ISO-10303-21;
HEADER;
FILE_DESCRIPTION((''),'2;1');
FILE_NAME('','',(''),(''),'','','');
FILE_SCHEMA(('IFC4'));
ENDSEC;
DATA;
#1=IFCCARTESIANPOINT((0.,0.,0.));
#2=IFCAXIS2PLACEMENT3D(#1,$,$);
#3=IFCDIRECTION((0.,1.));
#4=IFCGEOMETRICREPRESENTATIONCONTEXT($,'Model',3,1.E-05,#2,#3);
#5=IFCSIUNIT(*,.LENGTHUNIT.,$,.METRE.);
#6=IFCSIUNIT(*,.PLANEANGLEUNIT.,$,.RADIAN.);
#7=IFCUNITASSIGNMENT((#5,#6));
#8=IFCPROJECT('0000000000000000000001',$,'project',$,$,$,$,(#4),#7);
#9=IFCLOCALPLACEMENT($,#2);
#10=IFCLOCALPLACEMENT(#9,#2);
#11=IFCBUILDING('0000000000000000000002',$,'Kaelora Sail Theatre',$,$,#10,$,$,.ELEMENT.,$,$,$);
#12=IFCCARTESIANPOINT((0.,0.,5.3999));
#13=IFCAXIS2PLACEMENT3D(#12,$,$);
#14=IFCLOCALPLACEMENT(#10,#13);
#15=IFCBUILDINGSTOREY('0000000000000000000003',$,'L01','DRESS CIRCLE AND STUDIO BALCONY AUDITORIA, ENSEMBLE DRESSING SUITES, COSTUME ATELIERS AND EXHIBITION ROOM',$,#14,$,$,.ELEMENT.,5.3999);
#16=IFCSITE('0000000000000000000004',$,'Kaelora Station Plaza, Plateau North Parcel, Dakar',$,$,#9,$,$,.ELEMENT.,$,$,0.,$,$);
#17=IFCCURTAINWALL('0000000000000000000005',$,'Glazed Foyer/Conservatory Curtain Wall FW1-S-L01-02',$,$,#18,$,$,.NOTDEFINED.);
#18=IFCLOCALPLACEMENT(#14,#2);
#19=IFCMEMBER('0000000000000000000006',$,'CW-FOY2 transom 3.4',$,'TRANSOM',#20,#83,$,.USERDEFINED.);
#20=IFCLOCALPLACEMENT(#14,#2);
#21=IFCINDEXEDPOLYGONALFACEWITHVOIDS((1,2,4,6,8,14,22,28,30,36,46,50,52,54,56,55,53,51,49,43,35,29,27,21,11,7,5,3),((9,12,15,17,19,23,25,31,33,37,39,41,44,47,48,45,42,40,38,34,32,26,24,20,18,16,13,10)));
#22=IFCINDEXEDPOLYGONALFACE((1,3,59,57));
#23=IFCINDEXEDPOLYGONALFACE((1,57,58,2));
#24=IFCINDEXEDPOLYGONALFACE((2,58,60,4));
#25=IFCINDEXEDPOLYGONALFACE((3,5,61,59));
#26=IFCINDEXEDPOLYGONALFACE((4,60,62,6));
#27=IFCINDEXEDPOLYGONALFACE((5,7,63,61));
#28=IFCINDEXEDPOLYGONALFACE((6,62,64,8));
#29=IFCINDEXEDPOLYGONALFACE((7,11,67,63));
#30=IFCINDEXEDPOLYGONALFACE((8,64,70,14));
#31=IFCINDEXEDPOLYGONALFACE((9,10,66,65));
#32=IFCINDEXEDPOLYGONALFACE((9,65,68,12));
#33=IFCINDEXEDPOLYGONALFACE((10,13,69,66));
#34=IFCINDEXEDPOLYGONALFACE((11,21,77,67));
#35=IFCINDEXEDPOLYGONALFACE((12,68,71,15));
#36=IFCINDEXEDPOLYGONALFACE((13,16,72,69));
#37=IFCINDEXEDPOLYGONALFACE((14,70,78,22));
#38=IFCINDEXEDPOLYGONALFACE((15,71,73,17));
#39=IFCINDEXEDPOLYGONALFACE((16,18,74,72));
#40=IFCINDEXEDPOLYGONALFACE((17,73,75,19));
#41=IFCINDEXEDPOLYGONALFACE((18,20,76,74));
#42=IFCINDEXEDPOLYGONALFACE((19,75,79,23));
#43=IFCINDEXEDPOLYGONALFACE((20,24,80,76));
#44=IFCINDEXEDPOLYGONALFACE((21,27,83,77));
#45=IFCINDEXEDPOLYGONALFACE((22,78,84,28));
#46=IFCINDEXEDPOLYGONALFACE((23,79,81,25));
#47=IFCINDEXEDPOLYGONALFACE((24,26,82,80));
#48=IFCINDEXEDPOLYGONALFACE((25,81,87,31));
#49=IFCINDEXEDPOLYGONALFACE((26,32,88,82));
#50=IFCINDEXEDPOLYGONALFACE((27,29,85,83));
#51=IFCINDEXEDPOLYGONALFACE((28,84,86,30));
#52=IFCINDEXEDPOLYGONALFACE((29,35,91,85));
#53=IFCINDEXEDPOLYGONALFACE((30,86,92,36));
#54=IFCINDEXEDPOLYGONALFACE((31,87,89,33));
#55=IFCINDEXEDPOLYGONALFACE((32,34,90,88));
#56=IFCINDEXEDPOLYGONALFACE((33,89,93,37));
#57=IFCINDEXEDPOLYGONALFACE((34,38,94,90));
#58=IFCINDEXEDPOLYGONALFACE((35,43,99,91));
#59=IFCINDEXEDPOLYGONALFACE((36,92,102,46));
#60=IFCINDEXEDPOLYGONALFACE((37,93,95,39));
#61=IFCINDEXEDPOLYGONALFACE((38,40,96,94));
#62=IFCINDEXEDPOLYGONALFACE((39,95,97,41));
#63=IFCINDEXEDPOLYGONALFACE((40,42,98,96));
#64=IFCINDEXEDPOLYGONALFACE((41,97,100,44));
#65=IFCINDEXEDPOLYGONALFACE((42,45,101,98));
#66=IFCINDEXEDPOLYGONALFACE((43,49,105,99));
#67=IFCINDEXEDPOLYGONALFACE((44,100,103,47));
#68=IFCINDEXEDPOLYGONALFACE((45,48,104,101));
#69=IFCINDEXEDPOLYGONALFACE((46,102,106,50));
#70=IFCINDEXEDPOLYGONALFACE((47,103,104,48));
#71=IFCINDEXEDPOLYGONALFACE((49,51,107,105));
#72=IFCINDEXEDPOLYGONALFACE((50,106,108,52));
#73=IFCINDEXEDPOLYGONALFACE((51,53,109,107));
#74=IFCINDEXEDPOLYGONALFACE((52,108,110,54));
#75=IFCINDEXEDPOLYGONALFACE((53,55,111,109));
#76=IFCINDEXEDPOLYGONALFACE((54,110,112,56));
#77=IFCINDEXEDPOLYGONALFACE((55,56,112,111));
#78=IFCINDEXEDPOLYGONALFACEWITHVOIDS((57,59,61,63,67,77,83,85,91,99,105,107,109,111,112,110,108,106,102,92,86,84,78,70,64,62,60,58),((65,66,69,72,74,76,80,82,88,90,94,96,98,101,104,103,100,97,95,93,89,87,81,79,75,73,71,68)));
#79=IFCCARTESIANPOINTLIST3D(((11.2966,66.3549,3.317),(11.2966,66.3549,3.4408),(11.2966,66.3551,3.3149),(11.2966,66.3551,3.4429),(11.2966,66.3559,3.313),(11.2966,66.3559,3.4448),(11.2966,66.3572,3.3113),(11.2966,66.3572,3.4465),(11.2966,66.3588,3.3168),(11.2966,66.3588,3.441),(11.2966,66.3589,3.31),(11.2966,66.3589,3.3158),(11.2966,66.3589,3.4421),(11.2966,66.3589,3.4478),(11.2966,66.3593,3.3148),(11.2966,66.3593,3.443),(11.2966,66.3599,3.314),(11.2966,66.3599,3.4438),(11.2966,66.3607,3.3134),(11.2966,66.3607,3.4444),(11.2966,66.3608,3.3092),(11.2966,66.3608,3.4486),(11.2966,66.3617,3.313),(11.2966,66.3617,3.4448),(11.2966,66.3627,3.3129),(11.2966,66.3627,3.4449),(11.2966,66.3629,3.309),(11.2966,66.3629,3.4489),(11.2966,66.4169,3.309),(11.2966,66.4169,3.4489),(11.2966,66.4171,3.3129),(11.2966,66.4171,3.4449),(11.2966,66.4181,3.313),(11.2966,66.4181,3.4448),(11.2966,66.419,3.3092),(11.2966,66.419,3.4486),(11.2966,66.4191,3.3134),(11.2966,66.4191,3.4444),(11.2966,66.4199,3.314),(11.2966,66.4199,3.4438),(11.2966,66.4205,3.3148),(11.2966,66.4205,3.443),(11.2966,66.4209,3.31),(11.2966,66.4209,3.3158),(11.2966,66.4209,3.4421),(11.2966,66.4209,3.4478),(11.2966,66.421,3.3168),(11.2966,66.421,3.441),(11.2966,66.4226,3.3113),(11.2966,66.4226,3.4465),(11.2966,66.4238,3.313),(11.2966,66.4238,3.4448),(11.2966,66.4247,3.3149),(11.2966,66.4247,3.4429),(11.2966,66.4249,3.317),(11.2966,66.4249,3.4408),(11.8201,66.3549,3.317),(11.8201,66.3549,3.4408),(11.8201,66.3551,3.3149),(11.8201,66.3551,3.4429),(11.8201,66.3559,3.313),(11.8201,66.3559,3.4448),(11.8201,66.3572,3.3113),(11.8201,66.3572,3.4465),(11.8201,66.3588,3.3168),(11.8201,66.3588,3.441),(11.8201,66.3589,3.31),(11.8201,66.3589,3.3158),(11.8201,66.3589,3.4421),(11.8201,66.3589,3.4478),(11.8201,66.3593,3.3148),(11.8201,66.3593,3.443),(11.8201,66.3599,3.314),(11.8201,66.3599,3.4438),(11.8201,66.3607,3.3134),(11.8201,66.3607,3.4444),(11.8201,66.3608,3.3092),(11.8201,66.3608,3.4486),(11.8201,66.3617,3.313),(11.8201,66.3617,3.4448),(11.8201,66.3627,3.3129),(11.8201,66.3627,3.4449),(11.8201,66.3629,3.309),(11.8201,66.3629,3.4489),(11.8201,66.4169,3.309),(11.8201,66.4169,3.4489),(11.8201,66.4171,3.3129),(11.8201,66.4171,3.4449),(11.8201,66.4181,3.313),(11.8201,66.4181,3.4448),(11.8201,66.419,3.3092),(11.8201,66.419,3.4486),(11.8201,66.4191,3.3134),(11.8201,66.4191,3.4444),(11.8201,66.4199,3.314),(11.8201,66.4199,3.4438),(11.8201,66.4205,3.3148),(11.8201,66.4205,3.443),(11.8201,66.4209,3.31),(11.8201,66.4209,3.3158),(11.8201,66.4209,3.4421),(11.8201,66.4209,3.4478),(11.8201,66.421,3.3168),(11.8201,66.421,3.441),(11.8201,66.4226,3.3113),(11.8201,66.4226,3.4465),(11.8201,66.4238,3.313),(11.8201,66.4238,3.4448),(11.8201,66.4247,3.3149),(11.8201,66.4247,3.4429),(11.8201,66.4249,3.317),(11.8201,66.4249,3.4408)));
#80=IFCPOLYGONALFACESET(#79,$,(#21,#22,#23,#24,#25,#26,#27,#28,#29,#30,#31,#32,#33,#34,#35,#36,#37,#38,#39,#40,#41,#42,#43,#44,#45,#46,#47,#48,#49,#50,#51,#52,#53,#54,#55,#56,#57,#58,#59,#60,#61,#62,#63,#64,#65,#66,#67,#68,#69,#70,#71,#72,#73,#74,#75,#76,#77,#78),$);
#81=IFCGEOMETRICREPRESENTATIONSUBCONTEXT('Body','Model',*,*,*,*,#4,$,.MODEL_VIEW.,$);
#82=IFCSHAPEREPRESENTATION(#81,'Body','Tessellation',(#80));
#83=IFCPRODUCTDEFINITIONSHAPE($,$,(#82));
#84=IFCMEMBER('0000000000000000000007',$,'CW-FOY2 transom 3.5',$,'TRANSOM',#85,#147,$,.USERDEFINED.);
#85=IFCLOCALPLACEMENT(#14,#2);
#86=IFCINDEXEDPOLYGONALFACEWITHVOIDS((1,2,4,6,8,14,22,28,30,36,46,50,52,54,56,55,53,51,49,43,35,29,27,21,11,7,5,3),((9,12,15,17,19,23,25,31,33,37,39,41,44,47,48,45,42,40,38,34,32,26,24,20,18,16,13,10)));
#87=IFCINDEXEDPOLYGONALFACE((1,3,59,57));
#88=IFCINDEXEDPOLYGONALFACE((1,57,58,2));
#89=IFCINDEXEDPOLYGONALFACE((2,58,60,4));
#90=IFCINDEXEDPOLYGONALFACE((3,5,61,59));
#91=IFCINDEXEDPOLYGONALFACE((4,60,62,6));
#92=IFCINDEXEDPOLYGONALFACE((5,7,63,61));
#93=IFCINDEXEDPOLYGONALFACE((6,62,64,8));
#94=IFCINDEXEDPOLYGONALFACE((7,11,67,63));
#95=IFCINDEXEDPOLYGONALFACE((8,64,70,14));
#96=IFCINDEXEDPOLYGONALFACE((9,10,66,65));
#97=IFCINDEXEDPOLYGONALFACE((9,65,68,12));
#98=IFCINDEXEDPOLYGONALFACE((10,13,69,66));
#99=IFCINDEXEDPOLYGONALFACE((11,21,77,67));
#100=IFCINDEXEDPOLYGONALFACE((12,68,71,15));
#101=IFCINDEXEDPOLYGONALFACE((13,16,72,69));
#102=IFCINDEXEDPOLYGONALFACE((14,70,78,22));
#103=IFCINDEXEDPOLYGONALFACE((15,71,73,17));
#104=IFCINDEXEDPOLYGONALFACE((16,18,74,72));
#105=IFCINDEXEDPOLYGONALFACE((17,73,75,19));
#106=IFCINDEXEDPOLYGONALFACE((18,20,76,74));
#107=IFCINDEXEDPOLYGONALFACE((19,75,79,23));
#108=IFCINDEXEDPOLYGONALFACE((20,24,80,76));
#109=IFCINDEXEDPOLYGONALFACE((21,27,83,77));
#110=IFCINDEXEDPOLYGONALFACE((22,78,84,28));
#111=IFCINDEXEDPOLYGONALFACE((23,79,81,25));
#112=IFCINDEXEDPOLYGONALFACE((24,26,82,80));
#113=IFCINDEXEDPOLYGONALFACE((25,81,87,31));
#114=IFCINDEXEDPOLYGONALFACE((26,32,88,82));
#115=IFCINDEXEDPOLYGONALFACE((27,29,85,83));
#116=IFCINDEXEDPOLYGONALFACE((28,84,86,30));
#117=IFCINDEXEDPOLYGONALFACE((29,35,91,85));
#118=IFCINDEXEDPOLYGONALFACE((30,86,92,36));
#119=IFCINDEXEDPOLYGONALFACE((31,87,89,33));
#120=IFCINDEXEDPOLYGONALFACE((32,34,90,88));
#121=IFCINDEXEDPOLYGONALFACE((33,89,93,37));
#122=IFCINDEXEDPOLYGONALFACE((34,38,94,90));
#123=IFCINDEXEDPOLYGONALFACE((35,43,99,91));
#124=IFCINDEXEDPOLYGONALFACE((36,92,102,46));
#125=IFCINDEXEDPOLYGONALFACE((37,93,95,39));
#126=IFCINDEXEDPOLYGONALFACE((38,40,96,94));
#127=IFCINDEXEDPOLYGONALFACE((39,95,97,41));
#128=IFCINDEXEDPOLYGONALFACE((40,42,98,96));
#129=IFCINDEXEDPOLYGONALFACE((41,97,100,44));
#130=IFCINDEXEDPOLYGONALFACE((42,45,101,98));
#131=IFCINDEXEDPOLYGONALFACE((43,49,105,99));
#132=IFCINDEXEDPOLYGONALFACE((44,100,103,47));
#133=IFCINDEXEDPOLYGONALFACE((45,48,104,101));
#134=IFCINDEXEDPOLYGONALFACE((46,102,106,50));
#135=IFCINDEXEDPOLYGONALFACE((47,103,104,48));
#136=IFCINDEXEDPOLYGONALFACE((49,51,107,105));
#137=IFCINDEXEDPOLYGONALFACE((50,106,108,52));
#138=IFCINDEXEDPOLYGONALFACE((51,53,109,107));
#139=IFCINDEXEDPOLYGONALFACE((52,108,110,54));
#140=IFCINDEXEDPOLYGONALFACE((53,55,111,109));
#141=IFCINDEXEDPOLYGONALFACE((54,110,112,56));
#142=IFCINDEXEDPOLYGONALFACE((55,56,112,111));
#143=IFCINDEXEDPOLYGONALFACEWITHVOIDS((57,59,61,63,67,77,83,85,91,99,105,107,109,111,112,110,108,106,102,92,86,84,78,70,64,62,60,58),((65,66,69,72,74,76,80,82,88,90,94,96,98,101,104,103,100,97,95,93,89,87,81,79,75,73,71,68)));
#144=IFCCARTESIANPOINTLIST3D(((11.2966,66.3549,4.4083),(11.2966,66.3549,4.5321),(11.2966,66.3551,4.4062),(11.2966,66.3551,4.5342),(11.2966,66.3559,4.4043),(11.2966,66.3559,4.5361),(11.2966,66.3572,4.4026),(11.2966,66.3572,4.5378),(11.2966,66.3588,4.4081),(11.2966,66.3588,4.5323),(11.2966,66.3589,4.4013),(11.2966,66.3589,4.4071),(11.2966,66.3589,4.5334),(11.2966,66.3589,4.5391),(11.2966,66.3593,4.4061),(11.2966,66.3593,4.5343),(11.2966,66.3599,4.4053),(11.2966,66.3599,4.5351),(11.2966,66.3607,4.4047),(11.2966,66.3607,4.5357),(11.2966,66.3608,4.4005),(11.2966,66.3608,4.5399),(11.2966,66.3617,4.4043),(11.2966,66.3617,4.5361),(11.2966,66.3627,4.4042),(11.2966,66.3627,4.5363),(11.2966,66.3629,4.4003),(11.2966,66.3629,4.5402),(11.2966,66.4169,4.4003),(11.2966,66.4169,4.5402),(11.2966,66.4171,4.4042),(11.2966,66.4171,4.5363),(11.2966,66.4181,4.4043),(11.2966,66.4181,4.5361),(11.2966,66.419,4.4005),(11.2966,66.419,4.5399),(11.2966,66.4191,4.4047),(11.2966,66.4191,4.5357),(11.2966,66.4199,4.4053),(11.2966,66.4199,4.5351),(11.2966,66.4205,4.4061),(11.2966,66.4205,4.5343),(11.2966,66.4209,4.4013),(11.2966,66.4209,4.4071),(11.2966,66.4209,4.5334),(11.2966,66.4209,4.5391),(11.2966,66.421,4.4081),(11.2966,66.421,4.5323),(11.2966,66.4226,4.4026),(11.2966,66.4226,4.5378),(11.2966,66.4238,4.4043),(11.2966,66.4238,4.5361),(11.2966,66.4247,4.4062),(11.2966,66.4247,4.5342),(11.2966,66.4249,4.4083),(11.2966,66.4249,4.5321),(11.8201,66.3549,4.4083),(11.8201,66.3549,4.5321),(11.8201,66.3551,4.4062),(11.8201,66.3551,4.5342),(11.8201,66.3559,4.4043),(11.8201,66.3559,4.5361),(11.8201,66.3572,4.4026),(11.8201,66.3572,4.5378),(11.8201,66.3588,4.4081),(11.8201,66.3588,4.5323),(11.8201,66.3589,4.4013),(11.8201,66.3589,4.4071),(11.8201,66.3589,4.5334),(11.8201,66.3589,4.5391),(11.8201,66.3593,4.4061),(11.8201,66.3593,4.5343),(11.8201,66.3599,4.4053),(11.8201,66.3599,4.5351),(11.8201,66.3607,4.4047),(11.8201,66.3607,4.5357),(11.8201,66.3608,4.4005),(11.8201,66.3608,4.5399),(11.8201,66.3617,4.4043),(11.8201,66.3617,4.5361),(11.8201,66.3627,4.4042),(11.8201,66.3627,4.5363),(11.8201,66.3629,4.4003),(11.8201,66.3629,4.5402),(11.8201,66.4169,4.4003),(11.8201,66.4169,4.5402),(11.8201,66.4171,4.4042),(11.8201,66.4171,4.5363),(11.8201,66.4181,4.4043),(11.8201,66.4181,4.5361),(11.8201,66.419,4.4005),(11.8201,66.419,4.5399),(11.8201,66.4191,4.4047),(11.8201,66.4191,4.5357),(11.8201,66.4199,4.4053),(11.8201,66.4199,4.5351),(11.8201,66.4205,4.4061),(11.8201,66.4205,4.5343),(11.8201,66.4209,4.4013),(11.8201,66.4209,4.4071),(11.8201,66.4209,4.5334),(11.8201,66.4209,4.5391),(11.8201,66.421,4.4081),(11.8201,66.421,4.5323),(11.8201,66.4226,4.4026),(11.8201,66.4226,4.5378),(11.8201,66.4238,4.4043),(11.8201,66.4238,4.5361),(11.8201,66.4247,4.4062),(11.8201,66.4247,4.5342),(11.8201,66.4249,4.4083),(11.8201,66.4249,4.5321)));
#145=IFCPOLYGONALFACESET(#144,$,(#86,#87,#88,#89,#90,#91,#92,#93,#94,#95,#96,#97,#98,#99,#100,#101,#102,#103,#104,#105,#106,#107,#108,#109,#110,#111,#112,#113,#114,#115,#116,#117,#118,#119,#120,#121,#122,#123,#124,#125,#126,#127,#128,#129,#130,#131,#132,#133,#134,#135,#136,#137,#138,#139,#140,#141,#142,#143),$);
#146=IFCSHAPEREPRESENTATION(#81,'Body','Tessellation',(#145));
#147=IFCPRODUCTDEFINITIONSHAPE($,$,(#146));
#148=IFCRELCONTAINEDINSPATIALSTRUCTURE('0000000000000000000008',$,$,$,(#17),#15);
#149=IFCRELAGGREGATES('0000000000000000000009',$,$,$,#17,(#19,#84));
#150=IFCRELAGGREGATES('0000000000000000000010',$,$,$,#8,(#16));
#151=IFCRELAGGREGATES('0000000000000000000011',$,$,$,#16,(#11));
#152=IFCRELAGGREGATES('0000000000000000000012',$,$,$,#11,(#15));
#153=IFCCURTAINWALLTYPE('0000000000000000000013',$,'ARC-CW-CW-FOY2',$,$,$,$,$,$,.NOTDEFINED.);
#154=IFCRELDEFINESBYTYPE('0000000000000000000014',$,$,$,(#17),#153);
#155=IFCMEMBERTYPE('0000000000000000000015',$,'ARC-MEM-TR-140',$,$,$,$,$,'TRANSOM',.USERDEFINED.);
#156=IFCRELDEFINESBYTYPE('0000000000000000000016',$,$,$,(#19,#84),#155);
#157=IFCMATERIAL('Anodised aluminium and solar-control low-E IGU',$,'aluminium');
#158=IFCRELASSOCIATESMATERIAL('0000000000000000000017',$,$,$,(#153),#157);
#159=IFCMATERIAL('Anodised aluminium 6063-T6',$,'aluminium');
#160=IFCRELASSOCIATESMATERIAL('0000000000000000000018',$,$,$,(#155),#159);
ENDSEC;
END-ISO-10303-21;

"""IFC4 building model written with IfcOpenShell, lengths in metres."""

from ifc_helpers import new_model, si_unit, direction, frame, origin, origin_2d, place, context, subcontext, project, spatial, hollow_rectangle, extrude, material, material_profile, profile_set, type_object, element, aggregate, save


model = new_model("IFC4")

# Units and contexts
model_context = context("Model", 3, precision=1e-05, world=origin(), true_north=direction((0.0, 1.0)))
body_context = subcontext(model_context, "Body", "Model", "MODEL_VIEW")
ifc_project = project(units=[si_unit("LENGTHUNIT", "METRE"), si_unit("PLANEANGLEUNIT", "RADIAN")], contexts=[model_context])

# Site, building, storey
site_placement = place(None, origin())
site = spatial("IfcSite", under=ifc_project, at=site_placement, Name="Kaelora Station Plaza, Plateau North Parcel, Dakar", CompositionType="ELEMENT", RefElevation=0.0)
building_placement = place(site_placement, origin())
building = spatial("IfcBuilding", under=site, at=building_placement, Name="Kaelora Sail Theatre", CompositionType="ELEMENT")
storey_placement = place(building_placement, frame((0.0, 0.0, 5.3999)))
storey = spatial("IfcBuildingStorey", under=building, at=storey_placement, Name="L01", Description="DRESS CIRCLE AND STUDIO BALCONY AUDITORIA, ENSEMBLE DRESSING SUITES, COSTUME ATELIERS AND EXHIBITION ROOM", CompositionType="ELEMENT", Elevation=5.3999)

# Curtain wall, members
ifc_material_1 = material(Name="Anodised aluminium and solar-control low-E IGU", Category="aluminium")
curtain_wall_type = type_object("IfcCurtainWallType", Name="ARC-CW-CW-FOY2", PredefinedType="NOTDEFINED", material=ifc_material_1)
curtain_wall_1_placement = place(storey_placement, origin())
curtain_wall_1 = element("IfcCurtainWall", 1, at=curtain_wall_1_placement, inside=storey, type_object=curtain_wall_type, Name="Glazed Foyer/Conservatory Curtain Wall FW1-S-L01-02", PredefinedType="NOTDEFINED")
ifc_material_2 = material(Name="Anodised aluminium 6063-T6", Category="aluminium")
ifc_material_profile = material_profile(ifc_material_2, hollow_rectangle(XDim=0.0701, YDim=0.1399, WallThickness=0.0039, InnerFilletRadius=0.0039, OuterFilletRadius=0.0081, at=origin_2d()), Name="ALU-TRAN 70x140x4")
ifc_profile_set = profile_set([ifc_material_profile], Name="Anodised aluminium 6063-T6")
member_type = type_object("IfcMemberType", Name="ARC-MEM-TR-140", ElementType="TRANSOM", PredefinedType="USERDEFINED", material=ifc_profile_set)
member_1_placement = place(storey_placement, frame((11.2966, 66.3899, 3.3789), z_axis=(1.0, 0.0, 0.0), x_axis=(0.0, 1.0, 0.0)))
member_1 = element("IfcMember", 2, at=member_1_placement, type_object=member_type, Name="CW-FOY2 transom 3.4", ObjectType="TRANSOM", PredefinedType="USERDEFINED", context=body_context, shape_type="SweptSolid", body=[
    extrude(hollow_rectangle(XDim=0.0701, YDim=0.1399, WallThickness=0.0039, InnerFilletRadius=0.0039, OuterFilletRadius=0.0081, at=origin_2d()), origin(), (0.0, 0.0, 1.0), 0.5234),
])
member_2_placement = place(storey_placement, frame((11.2966, 66.3899, 4.4702), z_axis=(1.0, 0.0, 0.0), x_axis=(0.0, 1.0, 0.0)))
member_2 = element("IfcMember", 3, at=member_2_placement, type_object=member_type, Name="CW-FOY2 transom 3.5", ObjectType="TRANSOM", PredefinedType="USERDEFINED", context=body_context, shape_type="SweptSolid", body=[
    extrude(hollow_rectangle(XDim=0.0701, YDim=0.1399, WallThickness=0.0039, InnerFilletRadius=0.0039, OuterFilletRadius=0.0081, at=origin_2d()), origin(), (0.0, 0.0, 1.0), 0.5234),
])

aggregate(curtain_wall_1, [member_1, member_2])

save(model, "model.ifc")
